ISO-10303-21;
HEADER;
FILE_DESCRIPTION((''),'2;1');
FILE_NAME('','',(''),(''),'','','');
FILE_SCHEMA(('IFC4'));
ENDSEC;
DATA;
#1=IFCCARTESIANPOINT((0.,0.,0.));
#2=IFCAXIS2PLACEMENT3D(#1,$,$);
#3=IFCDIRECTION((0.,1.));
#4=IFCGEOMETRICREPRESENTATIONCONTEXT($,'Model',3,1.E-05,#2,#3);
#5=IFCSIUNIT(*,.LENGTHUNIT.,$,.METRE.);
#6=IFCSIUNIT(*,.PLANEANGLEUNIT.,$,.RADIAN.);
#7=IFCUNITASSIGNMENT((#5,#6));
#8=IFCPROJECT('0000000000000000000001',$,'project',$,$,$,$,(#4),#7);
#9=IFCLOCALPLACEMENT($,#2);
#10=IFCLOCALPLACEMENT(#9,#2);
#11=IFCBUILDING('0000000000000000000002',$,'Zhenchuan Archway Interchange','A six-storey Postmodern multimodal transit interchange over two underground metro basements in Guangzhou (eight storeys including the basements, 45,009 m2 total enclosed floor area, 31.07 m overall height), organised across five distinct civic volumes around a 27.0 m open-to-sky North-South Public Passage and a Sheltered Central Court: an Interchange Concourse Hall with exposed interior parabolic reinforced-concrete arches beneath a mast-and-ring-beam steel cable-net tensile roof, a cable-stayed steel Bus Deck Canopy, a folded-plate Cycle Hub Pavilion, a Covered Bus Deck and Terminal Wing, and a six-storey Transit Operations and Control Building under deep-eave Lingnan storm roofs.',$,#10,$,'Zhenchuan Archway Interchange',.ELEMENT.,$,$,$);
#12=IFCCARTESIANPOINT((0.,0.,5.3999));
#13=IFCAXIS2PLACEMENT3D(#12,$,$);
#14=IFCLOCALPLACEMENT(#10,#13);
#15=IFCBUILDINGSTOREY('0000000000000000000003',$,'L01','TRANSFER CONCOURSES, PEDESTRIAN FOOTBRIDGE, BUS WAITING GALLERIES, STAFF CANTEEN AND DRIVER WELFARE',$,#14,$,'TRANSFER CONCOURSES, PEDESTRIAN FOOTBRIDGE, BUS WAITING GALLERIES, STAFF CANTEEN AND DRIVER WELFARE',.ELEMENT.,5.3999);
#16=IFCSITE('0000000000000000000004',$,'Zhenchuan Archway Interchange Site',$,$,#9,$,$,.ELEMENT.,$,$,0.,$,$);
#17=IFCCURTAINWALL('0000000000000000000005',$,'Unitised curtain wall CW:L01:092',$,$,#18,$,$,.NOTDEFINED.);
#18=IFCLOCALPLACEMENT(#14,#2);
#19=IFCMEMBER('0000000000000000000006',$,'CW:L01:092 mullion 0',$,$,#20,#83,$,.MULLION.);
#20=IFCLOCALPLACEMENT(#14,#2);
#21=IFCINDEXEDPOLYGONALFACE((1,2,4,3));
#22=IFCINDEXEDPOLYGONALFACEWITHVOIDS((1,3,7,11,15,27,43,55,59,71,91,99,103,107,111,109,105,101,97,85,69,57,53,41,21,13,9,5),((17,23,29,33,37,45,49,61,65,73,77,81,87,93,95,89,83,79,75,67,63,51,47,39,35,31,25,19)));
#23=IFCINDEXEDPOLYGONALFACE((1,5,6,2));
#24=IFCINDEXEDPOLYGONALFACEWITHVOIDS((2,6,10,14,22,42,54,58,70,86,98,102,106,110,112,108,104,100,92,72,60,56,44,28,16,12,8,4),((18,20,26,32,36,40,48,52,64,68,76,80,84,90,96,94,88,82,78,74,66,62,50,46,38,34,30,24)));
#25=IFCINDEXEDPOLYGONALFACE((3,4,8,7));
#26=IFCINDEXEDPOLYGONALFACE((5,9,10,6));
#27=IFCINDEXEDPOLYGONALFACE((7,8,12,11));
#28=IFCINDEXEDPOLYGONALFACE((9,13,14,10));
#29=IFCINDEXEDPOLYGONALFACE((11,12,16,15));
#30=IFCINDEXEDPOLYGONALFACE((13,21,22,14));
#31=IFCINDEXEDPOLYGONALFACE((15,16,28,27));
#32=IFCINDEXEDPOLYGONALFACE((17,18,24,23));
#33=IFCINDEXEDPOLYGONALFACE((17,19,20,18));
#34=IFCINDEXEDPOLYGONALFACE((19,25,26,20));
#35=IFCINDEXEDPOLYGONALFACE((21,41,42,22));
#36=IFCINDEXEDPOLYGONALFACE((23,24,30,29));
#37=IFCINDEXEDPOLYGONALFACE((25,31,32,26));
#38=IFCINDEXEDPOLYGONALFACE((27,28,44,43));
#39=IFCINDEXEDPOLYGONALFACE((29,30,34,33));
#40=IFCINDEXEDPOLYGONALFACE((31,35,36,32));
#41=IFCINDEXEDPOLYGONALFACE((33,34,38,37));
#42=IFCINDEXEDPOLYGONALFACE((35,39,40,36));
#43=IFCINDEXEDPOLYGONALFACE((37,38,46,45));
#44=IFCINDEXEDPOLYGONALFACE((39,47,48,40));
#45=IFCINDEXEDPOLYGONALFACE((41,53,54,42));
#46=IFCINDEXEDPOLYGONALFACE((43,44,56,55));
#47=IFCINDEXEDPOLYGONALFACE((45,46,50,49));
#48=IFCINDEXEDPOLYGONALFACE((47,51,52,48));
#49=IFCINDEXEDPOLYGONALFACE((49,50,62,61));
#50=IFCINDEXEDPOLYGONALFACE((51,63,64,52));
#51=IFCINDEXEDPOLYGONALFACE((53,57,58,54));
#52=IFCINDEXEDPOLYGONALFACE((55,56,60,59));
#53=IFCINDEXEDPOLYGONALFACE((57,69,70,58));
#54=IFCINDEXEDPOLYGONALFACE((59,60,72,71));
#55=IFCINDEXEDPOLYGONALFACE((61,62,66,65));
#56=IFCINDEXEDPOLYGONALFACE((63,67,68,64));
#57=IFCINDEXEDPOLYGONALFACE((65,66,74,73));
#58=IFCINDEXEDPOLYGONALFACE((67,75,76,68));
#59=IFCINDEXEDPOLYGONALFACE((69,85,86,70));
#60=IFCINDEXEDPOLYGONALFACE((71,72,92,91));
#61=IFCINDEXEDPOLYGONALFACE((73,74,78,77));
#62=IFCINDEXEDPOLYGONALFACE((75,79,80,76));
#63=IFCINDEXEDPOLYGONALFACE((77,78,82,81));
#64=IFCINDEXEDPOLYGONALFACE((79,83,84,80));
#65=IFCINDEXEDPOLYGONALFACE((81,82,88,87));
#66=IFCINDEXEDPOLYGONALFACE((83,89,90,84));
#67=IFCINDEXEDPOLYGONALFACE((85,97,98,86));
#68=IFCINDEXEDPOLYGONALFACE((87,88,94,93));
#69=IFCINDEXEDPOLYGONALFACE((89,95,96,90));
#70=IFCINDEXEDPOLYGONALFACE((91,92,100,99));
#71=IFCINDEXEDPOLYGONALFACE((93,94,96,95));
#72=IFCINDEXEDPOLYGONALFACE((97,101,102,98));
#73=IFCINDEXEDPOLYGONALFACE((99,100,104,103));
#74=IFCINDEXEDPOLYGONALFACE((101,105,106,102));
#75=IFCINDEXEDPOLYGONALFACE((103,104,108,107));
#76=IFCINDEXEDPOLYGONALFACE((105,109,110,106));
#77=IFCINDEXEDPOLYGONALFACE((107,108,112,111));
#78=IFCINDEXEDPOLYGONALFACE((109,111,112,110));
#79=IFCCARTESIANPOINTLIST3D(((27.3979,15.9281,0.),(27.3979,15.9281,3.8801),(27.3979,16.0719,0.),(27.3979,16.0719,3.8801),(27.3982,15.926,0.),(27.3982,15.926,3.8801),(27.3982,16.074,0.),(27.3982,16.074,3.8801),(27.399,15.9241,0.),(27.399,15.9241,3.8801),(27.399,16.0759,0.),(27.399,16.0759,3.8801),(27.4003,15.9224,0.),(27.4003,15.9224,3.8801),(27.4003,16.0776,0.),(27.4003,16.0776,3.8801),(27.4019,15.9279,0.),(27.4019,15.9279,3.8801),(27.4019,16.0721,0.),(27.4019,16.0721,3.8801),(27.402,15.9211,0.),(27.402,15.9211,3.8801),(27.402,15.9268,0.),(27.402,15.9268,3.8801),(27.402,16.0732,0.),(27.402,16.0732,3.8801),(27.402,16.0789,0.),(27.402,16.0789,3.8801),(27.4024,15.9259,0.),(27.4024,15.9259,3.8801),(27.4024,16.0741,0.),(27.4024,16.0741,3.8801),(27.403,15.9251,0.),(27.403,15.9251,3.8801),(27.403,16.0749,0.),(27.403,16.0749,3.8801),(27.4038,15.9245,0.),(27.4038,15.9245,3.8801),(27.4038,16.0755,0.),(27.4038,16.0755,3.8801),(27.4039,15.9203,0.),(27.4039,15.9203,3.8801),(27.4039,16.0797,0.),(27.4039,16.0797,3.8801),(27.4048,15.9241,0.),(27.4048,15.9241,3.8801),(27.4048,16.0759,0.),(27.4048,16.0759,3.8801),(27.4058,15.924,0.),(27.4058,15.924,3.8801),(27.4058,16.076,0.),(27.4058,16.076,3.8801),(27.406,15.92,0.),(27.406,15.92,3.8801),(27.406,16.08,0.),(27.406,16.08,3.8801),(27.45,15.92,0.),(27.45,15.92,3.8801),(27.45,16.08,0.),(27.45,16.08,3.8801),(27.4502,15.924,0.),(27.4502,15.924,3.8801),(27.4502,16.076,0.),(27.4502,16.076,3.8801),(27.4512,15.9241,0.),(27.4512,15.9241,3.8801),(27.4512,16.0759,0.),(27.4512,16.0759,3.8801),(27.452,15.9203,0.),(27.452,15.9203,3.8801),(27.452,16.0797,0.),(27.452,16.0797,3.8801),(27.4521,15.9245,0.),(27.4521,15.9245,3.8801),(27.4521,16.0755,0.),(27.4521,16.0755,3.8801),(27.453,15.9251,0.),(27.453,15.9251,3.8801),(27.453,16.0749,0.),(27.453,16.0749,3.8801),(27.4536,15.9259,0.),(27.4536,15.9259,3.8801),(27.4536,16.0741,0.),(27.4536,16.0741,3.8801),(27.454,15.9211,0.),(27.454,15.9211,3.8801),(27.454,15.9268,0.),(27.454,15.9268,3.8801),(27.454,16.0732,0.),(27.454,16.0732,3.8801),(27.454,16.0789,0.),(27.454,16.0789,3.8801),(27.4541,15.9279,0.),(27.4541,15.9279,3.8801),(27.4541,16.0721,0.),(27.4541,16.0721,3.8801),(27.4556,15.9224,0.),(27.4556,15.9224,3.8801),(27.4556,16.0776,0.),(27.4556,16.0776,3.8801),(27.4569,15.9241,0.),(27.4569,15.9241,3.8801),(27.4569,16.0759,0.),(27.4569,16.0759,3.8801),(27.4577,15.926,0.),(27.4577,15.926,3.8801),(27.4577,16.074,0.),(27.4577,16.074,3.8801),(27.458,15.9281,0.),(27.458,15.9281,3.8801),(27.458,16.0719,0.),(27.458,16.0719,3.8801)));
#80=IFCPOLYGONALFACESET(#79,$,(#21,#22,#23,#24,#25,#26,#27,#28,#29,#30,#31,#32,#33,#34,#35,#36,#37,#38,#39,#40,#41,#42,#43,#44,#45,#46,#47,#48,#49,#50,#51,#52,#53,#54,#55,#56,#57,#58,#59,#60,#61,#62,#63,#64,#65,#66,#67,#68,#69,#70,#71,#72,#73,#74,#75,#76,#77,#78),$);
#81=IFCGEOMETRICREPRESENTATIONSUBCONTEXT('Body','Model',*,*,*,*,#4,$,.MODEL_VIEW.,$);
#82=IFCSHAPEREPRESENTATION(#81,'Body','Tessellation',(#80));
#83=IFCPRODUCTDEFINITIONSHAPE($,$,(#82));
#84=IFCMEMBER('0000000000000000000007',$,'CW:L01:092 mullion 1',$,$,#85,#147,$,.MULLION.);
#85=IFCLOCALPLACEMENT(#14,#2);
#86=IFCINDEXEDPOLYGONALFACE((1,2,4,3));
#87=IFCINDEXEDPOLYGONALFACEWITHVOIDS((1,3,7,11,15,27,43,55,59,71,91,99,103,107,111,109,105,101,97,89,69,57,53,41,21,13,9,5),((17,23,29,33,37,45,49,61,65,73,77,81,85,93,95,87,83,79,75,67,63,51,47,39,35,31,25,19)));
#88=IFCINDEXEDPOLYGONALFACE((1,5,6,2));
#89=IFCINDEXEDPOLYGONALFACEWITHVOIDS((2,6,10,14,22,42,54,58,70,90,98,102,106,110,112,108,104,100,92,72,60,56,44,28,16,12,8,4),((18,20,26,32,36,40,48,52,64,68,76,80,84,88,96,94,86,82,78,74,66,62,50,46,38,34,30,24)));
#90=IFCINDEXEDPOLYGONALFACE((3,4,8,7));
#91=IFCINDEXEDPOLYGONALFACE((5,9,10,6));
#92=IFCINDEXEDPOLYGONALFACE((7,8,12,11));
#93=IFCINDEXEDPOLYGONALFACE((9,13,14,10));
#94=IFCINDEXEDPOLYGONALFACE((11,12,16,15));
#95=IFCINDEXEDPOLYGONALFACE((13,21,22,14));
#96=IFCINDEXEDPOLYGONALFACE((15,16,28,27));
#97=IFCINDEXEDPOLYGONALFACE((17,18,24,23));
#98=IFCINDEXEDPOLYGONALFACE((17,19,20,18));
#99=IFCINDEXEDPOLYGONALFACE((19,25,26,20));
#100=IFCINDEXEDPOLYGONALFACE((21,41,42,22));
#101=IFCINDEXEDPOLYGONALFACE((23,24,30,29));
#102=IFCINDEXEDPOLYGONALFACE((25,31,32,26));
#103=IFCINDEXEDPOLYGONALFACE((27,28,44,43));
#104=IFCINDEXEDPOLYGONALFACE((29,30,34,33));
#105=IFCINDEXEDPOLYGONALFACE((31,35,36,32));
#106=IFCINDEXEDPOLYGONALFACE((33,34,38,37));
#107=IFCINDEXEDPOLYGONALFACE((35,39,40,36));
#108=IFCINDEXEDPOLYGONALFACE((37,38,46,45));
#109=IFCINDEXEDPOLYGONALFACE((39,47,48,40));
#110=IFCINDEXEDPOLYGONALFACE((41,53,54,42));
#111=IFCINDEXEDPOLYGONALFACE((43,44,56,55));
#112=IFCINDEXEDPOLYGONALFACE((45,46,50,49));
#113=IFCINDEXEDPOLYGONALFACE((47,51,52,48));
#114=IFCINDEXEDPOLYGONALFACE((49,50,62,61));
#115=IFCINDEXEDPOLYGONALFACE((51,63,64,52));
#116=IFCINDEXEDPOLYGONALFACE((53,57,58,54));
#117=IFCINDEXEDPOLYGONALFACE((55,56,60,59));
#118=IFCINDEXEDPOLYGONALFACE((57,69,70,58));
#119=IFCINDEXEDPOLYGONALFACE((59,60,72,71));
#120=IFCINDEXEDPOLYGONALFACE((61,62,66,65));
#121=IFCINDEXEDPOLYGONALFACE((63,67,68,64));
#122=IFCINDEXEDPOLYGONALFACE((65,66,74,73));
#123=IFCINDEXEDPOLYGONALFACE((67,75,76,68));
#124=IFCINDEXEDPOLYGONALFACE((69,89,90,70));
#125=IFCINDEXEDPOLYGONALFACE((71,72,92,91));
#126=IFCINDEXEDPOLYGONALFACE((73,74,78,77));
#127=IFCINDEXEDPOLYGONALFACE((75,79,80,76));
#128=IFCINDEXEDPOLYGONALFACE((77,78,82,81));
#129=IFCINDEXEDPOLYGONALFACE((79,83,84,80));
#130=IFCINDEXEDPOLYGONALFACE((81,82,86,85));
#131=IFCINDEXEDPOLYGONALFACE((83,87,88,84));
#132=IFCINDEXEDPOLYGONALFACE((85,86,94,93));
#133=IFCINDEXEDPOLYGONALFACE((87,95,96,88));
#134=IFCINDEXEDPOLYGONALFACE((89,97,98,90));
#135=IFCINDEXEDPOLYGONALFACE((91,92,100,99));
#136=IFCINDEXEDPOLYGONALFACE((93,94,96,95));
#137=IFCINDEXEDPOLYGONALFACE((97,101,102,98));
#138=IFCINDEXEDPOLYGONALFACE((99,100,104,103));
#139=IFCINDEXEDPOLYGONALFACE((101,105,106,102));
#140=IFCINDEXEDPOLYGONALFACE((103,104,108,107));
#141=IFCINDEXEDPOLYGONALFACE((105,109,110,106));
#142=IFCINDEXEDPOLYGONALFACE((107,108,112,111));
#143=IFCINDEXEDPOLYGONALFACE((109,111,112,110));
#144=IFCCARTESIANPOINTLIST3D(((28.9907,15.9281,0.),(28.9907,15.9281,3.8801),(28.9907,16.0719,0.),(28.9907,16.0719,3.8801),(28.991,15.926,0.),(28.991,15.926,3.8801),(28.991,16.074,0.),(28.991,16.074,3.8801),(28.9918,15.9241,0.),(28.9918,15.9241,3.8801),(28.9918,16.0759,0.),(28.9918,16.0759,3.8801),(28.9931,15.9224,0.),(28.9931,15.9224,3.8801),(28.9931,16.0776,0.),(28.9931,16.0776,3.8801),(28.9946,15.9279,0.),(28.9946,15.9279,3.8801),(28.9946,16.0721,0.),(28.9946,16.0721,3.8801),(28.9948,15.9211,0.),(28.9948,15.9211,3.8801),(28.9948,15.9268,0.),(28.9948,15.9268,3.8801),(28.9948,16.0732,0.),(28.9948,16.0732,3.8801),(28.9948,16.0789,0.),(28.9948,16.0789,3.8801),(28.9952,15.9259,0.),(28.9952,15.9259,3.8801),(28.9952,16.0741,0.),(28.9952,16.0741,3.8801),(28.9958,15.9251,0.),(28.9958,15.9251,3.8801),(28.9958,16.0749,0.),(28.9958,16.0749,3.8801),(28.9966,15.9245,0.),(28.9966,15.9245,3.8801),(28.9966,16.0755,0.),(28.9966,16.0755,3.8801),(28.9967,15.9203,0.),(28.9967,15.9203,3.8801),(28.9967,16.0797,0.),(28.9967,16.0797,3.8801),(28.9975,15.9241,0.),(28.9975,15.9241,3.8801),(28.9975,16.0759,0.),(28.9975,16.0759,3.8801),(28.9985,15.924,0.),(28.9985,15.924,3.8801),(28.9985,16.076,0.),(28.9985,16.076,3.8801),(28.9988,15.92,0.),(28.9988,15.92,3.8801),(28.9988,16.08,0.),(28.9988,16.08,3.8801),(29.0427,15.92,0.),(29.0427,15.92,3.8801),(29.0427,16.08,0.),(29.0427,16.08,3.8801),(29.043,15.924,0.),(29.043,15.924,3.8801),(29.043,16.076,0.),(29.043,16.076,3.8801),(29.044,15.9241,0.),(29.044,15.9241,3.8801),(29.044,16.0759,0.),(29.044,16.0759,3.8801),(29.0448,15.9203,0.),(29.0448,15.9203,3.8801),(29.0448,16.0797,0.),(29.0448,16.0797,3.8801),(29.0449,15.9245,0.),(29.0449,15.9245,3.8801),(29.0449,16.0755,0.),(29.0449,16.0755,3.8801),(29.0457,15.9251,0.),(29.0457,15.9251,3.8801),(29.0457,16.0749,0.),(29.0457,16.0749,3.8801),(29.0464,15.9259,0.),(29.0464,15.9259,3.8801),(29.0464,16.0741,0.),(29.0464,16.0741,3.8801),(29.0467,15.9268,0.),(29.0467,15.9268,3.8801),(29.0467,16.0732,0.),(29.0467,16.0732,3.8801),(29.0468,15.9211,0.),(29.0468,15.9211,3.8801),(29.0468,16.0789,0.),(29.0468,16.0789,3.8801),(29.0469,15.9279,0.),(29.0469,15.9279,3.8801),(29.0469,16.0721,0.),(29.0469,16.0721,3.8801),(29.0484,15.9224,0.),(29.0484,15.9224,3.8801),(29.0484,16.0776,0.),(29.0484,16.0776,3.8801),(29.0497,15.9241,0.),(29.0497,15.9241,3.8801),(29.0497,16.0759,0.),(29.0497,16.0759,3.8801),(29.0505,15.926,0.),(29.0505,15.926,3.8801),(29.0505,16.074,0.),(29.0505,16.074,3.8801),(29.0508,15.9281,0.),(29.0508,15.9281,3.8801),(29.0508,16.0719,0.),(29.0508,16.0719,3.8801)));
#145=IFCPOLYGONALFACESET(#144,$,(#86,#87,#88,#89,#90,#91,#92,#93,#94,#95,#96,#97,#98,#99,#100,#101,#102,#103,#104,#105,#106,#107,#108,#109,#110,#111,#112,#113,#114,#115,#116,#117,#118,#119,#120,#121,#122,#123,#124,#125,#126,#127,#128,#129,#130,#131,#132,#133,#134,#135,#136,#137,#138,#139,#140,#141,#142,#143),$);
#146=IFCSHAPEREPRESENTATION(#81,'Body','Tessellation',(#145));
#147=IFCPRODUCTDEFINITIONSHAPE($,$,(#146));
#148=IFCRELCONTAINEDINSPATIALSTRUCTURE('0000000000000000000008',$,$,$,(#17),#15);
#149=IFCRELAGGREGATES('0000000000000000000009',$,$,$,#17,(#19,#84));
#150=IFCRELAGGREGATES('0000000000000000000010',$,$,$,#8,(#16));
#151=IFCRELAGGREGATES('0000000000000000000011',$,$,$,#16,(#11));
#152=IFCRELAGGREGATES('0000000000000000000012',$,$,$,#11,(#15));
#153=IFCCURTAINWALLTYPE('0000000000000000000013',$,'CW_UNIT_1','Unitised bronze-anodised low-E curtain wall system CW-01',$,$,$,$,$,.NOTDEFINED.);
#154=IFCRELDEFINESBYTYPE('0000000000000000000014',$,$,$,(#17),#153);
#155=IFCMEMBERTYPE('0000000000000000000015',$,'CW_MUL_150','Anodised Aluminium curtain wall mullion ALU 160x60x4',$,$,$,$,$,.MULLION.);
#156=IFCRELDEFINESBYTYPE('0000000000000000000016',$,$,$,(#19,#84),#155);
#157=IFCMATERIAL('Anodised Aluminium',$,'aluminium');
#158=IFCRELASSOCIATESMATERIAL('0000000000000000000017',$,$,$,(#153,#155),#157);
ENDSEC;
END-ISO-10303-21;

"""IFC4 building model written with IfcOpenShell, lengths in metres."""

from ifc_helpers import new_model, si_unit, direction, frame, origin, origin_2d, place, context, subcontext, project, spatial, hollow_rectangle, extrude, material, material_profile, profile_set, type_object, element, aggregate, save


model = new_model("IFC4")

# Units and contexts
model_context = context("Model", 3, precision=1e-05, world=origin(), true_north=direction((0.0, 1.0)))
body_context = subcontext(model_context, "Body", "Model", "MODEL_VIEW")
ifc_project = project(units=[si_unit("LENGTHUNIT", "METRE"), si_unit("PLANEANGLEUNIT", "RADIAN")], contexts=[model_context])

# Site, building, storey
site_placement = place(None, origin())
site = spatial("IfcSite", under=ifc_project, at=site_placement, Name="Zhenchuan Archway Interchange Site", CompositionType="ELEMENT", RefElevation=0.0)
building_placement = place(site_placement, origin())
building = spatial("IfcBuilding", under=site, at=building_placement, Name="Zhenchuan Archway Interchange", Description="A six-storey Postmodern multimodal transit interchange over two underground metro basements in Guangzhou (eight storeys including the basements, 45,009 m2 total enclosed floor area, 31.07 m overall height), organised across five distinct civic volumes around a 27.0 m open-to-sky North-South Public Passage and a Sheltered Central Court: an Interchange Concourse Hall with exposed interior parabolic reinforced-concrete arches beneath a mast-and-ring-beam steel cable-net tensile roof, a cable-stayed steel Bus Deck Canopy, a folded-plate Cycle Hub Pavilion, a Covered Bus Deck and Terminal Wing, and a six-storey Transit Operations and Control Building under deep-eave Lingnan storm roofs.", LongName="Zhenchuan Archway Interchange", CompositionType="ELEMENT")
storey_placement = place(building_placement, frame((0.0, 0.0, 5.3999)))
storey = spatial("IfcBuildingStorey", under=building, at=storey_placement, Name="L01", Description="TRANSFER CONCOURSES, PEDESTRIAN FOOTBRIDGE, BUS WAITING GALLERIES, STAFF CANTEEN AND DRIVER WELFARE", LongName="TRANSFER CONCOURSES, PEDESTRIAN FOOTBRIDGE, BUS WAITING GALLERIES, STAFF CANTEEN AND DRIVER WELFARE", CompositionType="ELEMENT", Elevation=5.3999)

# Curtain wall, members
ifc_material_1 = material(Name="Anodised Aluminium", Category="aluminium")
curtain_wall_type = type_object("IfcCurtainWallType", Name="CW_UNIT_1", Description="Unitised bronze-anodised low-E curtain wall system CW-01", PredefinedType="NOTDEFINED", material=ifc_material_1)
curtain_wall_placement = place(storey_placement, origin())
curtain_wall = element("IfcCurtainWall", 1, at=curtain_wall_placement, inside=storey, type_object=curtain_wall_type, Name="Unitised curtain wall CW:L01:092", PredefinedType="NOTDEFINED")
ifc_material_profile_1 = material_profile(ifc_material_1, hollow_rectangle(XDim=0.0601, YDim=0.1599, WallThickness=0.0039, InnerFilletRadius=0.0039, OuterFilletRadius=0.0081, at=origin_2d()), Name="ALU 160x60x4")
ifc_profile_set_1 = profile_set([ifc_material_profile_1], Name="Anodised Aluminium")
member_type_1 = type_object("IfcMemberType", Name="CW_MUL_150", Description="Anodised Aluminium curtain wall mullion ALU 160x60x4", PredefinedType="MULLION", material=ifc_profile_set_1)
member_1_placement = place(storey_placement, frame((27.428, 16.0, 0.0), z_axis=(0.0, 0.0, 1.0), x_axis=(1.0, 0.0, 0.0)))
member_1 = element("IfcMember", 2, at=member_1_placement, type_object=member_type_1, Name="CW:L01:092 mullion 0", PredefinedType="MULLION", context=body_context, shape_type="SweptSolid", body=[
    extrude(hollow_rectangle(XDim=0.0601, YDim=0.1599, WallThickness=0.0039, InnerFilletRadius=0.0039, OuterFilletRadius=0.0081, at=origin_2d()), origin(), (0.0, 0.0, 1.0), 3.8801),
])
member_2_placement = place(storey_placement, frame((29.0208, 16.0, 0.0), z_axis=(0.0, 0.0, 1.0), x_axis=(1.0, 0.0, 0.0)))
member_2 = element("IfcMember", 3, at=member_2_placement, type_object=member_type_1, Name="CW:L01:092 mullion 1", PredefinedType="MULLION", context=body_context, shape_type="SweptSolid", body=[
    extrude(hollow_rectangle(XDim=0.0601, YDim=0.1599, WallThickness=0.0039, InnerFilletRadius=0.0039, OuterFilletRadius=0.0081, at=origin_2d()), origin(), (0.0, 0.0, 1.0), 3.8801),
])

aggregate(curtain_wall, [member_1, member_2])

save(model, "model.ifc")
